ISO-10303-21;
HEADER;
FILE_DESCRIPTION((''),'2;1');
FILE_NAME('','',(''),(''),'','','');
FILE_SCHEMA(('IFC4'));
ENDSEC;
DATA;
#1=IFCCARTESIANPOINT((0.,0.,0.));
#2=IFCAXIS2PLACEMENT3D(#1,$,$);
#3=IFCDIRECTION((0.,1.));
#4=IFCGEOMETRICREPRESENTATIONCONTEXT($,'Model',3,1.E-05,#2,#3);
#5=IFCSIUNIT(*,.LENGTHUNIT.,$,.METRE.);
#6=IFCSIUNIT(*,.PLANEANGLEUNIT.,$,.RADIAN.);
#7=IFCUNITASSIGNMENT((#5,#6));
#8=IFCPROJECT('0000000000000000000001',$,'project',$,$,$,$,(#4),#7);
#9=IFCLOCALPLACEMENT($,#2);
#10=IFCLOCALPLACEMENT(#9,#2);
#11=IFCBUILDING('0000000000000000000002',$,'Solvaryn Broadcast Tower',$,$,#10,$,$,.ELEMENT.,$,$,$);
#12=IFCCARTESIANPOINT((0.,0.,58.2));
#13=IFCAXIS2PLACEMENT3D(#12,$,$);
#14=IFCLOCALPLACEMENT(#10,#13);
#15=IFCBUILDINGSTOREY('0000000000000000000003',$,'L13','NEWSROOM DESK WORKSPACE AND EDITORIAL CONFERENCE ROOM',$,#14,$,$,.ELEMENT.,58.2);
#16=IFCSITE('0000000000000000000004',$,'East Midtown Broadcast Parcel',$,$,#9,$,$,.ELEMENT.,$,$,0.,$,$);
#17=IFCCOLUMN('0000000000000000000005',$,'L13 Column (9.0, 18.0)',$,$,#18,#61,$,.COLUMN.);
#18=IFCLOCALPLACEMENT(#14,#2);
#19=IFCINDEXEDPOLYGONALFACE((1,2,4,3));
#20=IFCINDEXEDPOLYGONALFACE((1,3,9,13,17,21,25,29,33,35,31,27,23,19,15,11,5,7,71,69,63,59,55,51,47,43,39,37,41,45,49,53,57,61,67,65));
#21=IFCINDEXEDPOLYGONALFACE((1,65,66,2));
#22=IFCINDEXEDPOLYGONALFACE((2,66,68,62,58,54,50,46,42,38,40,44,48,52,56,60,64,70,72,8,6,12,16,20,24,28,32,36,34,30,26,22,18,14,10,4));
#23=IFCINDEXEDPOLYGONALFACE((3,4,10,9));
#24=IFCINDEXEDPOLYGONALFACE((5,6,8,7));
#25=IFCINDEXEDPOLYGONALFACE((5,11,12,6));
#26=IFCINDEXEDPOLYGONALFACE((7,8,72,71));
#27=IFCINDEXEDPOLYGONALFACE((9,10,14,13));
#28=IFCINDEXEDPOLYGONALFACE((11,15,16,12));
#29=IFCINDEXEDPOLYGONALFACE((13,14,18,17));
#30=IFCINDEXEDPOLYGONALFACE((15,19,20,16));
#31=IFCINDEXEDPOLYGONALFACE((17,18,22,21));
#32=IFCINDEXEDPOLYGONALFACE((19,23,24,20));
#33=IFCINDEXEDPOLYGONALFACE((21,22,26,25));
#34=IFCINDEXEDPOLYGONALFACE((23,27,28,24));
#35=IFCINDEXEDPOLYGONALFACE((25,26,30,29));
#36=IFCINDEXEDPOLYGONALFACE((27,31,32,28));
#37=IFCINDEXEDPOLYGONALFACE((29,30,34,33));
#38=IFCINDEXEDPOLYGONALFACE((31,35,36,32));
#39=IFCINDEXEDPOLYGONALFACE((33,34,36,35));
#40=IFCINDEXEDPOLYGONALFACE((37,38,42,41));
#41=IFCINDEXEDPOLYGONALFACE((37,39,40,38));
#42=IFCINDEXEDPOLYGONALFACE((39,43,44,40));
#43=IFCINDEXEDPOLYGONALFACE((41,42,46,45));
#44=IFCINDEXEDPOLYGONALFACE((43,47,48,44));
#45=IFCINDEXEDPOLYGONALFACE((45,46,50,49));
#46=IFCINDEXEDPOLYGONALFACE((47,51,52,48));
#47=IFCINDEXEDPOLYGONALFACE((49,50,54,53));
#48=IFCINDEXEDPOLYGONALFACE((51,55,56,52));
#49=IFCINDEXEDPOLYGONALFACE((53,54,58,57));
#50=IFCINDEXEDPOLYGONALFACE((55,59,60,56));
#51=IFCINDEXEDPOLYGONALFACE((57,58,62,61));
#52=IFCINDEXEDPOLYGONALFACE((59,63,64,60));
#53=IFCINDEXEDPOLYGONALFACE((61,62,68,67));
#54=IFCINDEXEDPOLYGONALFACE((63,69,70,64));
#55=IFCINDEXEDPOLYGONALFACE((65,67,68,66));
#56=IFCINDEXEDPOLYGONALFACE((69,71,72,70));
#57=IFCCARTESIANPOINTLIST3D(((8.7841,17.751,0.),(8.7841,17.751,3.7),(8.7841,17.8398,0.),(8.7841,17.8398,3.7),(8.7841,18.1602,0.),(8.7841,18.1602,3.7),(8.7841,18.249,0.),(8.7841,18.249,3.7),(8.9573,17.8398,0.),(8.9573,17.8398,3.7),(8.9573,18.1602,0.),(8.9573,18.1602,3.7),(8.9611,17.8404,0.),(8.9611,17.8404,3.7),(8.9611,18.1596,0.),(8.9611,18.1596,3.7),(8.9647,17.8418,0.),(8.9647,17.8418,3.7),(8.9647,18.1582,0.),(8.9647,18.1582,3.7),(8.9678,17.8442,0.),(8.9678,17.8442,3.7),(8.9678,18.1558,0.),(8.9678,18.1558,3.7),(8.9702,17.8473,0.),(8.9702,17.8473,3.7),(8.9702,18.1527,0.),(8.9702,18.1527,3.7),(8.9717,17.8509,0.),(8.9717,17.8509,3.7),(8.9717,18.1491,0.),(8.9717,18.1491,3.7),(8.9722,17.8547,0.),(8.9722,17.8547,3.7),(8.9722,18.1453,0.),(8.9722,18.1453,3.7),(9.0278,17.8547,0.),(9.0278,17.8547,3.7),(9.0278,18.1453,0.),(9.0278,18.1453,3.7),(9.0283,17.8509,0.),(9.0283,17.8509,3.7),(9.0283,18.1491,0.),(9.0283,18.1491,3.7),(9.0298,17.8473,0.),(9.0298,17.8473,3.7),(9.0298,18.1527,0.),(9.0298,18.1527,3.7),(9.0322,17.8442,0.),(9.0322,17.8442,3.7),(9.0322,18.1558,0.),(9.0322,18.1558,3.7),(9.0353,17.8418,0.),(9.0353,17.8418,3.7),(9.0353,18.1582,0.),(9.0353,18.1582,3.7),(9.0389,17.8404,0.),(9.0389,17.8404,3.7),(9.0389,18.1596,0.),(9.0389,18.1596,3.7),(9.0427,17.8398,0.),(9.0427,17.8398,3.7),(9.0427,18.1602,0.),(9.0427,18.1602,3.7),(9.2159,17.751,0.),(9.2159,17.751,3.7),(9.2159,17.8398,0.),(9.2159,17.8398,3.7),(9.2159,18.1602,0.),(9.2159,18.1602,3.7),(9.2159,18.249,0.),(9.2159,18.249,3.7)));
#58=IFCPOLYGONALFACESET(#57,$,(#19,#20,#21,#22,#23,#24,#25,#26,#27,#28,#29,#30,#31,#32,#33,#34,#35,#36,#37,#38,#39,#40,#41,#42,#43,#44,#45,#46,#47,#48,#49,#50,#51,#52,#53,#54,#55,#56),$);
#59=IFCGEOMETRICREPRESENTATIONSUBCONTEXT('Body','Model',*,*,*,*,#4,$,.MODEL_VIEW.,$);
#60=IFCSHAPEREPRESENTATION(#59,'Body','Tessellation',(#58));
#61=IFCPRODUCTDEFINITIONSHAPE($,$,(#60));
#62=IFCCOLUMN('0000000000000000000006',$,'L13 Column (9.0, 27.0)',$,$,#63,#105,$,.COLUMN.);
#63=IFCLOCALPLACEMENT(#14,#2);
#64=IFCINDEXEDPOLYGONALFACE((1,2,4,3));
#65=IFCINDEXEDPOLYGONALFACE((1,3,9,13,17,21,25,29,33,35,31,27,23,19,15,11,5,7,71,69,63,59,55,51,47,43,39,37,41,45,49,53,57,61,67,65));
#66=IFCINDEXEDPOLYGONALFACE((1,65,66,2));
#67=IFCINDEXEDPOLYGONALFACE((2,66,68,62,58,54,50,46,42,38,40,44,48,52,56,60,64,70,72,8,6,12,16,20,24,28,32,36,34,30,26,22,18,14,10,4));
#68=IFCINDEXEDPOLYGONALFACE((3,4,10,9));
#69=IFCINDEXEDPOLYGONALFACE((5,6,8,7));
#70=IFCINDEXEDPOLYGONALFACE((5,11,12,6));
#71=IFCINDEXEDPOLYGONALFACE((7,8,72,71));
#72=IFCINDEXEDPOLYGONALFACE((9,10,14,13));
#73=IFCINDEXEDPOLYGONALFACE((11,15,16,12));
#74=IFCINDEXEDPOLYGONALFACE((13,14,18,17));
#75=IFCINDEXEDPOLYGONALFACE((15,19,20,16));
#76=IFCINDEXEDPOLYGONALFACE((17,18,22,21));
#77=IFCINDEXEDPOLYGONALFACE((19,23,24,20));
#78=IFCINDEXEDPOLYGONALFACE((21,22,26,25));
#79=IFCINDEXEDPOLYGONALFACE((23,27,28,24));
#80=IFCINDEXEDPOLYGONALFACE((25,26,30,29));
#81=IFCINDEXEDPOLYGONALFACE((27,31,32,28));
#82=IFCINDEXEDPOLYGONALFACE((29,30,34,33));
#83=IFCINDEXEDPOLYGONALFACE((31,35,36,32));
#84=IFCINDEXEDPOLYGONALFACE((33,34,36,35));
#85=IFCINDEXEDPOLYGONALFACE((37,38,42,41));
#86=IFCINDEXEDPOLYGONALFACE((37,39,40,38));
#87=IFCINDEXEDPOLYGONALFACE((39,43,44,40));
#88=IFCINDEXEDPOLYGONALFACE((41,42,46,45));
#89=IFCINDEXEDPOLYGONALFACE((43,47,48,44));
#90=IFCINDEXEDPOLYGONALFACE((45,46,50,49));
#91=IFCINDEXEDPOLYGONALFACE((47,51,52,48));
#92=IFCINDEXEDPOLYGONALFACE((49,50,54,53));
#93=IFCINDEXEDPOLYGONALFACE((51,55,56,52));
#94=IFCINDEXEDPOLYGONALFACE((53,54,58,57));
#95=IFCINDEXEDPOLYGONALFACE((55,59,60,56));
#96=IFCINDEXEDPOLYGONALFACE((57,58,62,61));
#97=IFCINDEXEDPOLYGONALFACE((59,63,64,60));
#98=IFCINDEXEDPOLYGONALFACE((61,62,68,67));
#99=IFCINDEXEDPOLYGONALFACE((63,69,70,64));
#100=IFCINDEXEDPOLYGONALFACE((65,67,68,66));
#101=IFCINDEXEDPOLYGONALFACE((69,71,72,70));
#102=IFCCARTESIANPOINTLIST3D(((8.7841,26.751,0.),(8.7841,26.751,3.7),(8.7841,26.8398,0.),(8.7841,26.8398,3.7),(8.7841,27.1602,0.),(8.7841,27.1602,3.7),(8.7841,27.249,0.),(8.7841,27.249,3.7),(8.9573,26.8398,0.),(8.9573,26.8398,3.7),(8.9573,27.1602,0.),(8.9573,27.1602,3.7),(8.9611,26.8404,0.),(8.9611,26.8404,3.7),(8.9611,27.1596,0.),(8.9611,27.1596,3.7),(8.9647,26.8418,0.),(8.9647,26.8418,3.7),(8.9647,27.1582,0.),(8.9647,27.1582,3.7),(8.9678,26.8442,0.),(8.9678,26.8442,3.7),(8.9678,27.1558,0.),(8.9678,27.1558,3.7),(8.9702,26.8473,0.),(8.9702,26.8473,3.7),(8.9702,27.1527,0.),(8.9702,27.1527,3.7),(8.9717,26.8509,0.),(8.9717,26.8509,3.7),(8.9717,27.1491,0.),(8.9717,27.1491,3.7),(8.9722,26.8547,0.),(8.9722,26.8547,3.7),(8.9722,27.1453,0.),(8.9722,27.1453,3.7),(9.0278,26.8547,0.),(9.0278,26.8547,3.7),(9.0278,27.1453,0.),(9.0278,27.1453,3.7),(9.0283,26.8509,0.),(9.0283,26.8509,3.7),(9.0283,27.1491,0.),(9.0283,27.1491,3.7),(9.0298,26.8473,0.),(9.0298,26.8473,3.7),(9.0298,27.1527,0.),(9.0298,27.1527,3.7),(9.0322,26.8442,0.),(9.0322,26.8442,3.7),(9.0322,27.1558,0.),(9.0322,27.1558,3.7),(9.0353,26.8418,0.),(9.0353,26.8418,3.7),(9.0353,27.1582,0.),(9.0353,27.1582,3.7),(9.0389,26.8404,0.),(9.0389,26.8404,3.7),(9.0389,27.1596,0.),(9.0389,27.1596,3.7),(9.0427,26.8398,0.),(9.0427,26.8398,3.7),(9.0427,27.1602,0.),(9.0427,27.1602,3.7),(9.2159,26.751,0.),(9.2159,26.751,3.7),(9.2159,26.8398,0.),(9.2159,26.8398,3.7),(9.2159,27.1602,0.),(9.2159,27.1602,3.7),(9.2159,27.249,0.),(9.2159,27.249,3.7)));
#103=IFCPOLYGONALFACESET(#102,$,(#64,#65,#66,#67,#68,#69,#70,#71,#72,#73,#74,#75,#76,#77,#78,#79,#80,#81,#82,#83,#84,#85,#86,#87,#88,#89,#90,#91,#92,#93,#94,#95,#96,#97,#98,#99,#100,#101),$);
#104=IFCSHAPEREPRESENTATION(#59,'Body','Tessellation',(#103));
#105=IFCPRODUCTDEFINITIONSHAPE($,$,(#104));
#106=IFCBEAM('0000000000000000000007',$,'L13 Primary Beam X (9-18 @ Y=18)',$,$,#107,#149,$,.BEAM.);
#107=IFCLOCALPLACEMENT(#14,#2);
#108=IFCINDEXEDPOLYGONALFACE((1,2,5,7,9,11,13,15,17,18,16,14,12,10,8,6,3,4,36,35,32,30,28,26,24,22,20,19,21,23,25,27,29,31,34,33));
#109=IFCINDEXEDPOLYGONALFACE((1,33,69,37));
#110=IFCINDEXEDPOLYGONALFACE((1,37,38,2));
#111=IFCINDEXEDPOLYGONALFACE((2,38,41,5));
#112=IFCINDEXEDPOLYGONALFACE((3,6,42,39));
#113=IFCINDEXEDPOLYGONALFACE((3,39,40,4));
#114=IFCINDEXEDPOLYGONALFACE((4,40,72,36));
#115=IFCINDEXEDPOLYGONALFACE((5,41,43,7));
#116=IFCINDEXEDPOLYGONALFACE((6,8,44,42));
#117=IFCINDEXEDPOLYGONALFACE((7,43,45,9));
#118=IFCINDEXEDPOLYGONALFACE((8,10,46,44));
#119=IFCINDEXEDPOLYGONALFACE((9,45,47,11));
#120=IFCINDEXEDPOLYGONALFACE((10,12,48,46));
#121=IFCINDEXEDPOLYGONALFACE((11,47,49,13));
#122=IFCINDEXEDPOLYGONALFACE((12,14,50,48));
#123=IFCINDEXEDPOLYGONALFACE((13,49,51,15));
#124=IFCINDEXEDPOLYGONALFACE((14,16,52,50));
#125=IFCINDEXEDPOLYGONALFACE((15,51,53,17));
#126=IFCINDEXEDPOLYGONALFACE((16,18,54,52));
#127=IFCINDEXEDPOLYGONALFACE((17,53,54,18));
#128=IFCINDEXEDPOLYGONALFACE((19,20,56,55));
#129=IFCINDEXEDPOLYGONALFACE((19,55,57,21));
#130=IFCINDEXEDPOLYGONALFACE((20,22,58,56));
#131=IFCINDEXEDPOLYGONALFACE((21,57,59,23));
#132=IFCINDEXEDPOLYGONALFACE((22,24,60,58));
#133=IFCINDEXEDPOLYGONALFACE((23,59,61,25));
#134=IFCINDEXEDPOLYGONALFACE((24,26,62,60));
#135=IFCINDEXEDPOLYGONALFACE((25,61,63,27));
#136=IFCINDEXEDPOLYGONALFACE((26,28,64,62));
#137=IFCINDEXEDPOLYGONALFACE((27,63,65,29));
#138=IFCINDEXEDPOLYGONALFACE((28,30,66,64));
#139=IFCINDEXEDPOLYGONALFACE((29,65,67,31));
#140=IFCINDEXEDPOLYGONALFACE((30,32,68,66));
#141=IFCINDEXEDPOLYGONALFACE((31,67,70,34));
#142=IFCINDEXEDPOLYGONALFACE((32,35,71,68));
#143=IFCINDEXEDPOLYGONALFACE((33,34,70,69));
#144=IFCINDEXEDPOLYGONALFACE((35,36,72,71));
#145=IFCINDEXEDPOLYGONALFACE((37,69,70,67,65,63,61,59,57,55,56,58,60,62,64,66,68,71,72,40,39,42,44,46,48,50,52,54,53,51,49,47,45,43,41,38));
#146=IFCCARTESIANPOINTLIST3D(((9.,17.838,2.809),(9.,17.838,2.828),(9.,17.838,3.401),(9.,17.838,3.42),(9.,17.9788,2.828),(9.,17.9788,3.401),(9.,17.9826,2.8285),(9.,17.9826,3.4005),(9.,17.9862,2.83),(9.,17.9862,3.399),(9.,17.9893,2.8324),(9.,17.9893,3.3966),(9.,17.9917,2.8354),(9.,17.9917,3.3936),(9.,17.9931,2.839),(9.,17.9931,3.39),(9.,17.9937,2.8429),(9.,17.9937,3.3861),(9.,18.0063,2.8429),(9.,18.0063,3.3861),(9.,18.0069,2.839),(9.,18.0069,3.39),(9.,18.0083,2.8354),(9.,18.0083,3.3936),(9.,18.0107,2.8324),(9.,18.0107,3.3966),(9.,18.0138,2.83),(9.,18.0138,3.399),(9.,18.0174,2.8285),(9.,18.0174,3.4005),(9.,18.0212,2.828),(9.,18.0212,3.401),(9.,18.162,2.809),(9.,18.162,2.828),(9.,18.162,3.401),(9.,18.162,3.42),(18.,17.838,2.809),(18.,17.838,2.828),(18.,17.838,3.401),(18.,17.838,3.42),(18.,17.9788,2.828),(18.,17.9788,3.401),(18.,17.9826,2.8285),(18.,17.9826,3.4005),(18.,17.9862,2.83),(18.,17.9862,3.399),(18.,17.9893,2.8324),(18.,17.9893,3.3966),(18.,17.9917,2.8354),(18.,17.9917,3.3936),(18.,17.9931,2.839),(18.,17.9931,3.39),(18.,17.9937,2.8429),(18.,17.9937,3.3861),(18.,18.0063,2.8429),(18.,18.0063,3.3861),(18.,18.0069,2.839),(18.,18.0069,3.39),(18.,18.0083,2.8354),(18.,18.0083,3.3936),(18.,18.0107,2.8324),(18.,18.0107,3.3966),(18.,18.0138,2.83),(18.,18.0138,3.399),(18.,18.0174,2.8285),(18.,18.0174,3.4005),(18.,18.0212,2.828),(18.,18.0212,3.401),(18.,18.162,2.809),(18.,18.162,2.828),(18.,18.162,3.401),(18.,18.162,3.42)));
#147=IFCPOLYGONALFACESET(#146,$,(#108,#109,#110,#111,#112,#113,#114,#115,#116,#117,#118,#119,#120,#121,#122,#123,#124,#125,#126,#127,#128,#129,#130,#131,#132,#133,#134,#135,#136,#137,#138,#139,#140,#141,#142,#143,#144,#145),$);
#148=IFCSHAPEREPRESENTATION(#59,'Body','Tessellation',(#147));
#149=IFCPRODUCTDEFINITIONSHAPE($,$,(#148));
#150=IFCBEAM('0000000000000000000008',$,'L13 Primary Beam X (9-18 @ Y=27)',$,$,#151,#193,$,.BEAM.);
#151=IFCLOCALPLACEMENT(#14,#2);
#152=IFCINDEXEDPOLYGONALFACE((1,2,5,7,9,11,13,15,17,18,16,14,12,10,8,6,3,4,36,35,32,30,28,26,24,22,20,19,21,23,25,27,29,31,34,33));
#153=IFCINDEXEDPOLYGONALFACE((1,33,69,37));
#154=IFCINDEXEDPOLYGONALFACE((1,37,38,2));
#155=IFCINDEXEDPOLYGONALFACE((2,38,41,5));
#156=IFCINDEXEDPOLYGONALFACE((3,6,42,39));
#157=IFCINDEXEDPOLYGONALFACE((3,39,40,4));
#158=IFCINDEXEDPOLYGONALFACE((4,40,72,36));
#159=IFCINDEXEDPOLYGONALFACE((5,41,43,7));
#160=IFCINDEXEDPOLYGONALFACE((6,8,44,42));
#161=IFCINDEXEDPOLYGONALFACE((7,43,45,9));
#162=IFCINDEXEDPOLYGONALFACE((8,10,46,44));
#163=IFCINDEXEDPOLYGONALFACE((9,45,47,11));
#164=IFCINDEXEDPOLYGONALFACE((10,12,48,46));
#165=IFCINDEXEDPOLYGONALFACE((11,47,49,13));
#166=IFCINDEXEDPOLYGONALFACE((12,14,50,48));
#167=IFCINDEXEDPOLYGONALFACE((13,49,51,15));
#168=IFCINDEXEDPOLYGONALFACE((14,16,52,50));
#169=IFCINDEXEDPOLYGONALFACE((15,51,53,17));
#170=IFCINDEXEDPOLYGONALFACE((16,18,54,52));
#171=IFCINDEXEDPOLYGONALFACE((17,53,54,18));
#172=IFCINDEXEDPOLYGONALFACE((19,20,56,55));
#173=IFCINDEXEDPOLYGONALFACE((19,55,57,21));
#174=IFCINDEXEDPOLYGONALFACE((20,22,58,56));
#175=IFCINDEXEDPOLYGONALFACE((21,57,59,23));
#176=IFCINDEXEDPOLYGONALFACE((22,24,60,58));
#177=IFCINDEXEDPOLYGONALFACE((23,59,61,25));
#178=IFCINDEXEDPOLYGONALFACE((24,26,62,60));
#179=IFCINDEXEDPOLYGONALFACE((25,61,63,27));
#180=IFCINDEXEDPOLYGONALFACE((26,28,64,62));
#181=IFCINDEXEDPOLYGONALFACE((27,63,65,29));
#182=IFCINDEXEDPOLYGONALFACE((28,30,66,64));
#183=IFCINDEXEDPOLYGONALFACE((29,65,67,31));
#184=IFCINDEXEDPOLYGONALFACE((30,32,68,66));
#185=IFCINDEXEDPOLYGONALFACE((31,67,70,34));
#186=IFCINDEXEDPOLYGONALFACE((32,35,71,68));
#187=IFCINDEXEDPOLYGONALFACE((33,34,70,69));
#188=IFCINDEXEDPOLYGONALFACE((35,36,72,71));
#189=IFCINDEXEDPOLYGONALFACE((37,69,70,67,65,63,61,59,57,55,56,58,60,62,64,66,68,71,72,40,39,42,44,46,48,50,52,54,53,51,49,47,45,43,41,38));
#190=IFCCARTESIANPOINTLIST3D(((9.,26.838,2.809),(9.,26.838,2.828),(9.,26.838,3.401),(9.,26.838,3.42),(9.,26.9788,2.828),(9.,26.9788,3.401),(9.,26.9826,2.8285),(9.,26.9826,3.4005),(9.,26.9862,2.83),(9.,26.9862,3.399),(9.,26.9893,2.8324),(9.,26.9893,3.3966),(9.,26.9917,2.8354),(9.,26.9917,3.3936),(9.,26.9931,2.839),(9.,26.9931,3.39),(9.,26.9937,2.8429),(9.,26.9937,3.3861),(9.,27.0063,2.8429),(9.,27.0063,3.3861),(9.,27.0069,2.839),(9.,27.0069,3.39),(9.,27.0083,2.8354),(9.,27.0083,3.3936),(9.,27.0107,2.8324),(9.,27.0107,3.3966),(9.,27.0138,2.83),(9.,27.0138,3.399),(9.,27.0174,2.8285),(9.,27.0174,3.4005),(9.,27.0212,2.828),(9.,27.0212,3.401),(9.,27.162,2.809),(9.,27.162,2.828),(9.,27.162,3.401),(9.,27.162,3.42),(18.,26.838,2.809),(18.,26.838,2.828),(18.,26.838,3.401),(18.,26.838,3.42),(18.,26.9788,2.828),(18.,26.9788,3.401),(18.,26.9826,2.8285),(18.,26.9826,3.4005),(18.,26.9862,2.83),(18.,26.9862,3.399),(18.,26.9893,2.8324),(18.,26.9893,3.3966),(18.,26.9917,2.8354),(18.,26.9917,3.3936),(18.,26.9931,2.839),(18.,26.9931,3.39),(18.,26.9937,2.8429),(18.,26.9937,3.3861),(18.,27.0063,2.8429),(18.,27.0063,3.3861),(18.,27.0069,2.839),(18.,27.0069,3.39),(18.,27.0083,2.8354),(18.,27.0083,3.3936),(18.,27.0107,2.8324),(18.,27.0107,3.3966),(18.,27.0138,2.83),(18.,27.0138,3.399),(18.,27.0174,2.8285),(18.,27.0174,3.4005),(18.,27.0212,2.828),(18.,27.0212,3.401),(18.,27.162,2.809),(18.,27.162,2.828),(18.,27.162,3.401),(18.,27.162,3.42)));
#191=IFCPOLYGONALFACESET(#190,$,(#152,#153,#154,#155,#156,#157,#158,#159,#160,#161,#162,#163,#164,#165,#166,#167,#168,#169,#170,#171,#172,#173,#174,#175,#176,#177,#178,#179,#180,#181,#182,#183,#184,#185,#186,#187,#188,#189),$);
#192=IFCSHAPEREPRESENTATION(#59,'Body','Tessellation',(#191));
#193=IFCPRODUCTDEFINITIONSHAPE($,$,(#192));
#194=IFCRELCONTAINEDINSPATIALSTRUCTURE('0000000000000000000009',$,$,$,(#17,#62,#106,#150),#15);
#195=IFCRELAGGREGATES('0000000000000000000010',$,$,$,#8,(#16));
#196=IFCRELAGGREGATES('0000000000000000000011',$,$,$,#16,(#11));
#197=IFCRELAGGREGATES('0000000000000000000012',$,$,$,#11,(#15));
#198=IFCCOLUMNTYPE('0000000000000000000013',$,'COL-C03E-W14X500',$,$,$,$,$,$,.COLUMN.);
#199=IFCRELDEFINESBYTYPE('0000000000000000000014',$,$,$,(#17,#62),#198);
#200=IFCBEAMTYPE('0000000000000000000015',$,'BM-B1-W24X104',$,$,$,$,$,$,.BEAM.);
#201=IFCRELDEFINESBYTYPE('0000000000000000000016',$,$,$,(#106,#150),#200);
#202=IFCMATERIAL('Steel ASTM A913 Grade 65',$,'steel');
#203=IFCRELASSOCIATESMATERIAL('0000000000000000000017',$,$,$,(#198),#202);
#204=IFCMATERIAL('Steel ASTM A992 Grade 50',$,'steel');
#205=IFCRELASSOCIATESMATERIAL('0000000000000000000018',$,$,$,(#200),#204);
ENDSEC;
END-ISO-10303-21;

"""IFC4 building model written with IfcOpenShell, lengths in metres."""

from ifc_helpers import new_model, si_unit, direction, frame, origin, origin_2d, place, context, subcontext, project, spatial, i_section, extrude, material, material_profile, profile_set, type_object, element, save


model = new_model("IFC4")

# Units and contexts
model_context = context("Model", 3, precision=1e-05, world=origin(), true_north=direction((0.0, 1.0)))
body_context = subcontext(model_context, "Body", "Model", "MODEL_VIEW")
ifc_project = project(units=[si_unit("LENGTHUNIT", "METRE"), si_unit("PLANEANGLEUNIT", "RADIAN")], contexts=[model_context])

# Site, building, storey
site_placement = place(None, origin())
site = spatial("IfcSite", under=ifc_project, at=site_placement, Name="East Midtown Broadcast Parcel", CompositionType="ELEMENT", RefElevation=0.0)
building_placement = place(site_placement, origin())
building = spatial("IfcBuilding", under=site, at=building_placement, Name="Solvaryn Broadcast Tower", CompositionType="ELEMENT")
storey_placement = place(building_placement, frame((0.0, 0.0, 58.2)))
storey = spatial("IfcBuildingStorey", under=building, at=storey_placement, Name="L13", Description="NEWSROOM DESK WORKSPACE AND EDITORIAL CONFERENCE ROOM", CompositionType="ELEMENT", Elevation=58.2)

# Columns
ifc_material_1 = material(Name="Steel ASTM A913 Grade 65", Category="steel")
ifc_material_profile_1 = material_profile(ifc_material_1, i_section(OverallWidth=0.4319, OverallDepth=0.498, WebThickness=0.0557, FlangeThickness=0.0889, FilletRadius=0.0149, at=origin_2d()))
ifc_profile_set_1 = profile_set([ifc_material_profile_1], Name="Steel ASTM A913 Grade 65")
column_type = type_object("IfcColumnType", Name="COL-C03E-W14X500", PredefinedType="COLUMN", material=ifc_profile_set_1)
for number, where, z_axis, x_axis, name in (
    (1, (9.0, 18.0, 0.0), (0.0, 0.0, 1.0), (1.0, 0.0, 0.0), "L13 Column (9.0, 18.0)"),
    (2, (9.0, 27.0, 0.0), (0.0, 0.0, 1.0), (1.0, 0.0, 0.0), "L13 Column (9.0, 27.0)"),
):
    element("IfcColumn", number, at=place(storey_placement, frame(where, z_axis=z_axis, x_axis=x_axis)), inside=storey, type_object=column_type, Name=name, PredefinedType="COLUMN", context=body_context, shape_type="SweptSolid", body=[
        extrude(i_section(OverallWidth=0.4319, OverallDepth=0.498, WebThickness=0.0557, FlangeThickness=0.0889, FilletRadius=0.0149, at=origin_2d()), origin(), (0.0, 0.0, 1.0), 3.7),
    ])

# Beams
ifc_material_2 = material(Name="Steel ASTM A992 Grade 50", Category="steel")
ifc_material_profile_2 = material_profile(ifc_material_2, i_section(OverallWidth=0.324, OverallDepth=0.6111, WebThickness=0.0127, FlangeThickness=0.019, FilletRadius=0.0149, at=origin_2d()))
ifc_profile_set_2 = profile_set([ifc_material_profile_2], Name="Steel ASTM A992 Grade 50")
beam_type_1 = type_object("IfcBeamType", Name="BM-B1-W24X104", PredefinedType="BEAM", material=ifc_profile_set_2)
for number, where, z_axis, x_axis, name in (
    (3, (9.0, 18.0, 3.1145), (1.0, 0.0, 0.0), (0.0, 1.0, 0.0), "L13 Primary Beam X (9-18 @ Y=18)"),
    (4, (9.0, 27.0, 3.1145), (1.0, 0.0, 0.0), (0.0, 1.0, 0.0), "L13 Primary Beam X (9-18 @ Y=27)"),
):
    element("IfcBeam", number, at=place(storey_placement, frame(where, z_axis=z_axis, x_axis=x_axis)), inside=storey, type_object=beam_type_1, Name=name, PredefinedType="BEAM", context=body_context, shape_type="SweptSolid", body=[
        extrude(i_section(OverallWidth=0.324, OverallDepth=0.6111, WebThickness=0.0127, FlangeThickness=0.019, FilletRadius=0.0149, at=origin_2d()), origin(), (0.0, 0.0, 1.0), 9.0),
    ])

save(model, "model.ifc")
